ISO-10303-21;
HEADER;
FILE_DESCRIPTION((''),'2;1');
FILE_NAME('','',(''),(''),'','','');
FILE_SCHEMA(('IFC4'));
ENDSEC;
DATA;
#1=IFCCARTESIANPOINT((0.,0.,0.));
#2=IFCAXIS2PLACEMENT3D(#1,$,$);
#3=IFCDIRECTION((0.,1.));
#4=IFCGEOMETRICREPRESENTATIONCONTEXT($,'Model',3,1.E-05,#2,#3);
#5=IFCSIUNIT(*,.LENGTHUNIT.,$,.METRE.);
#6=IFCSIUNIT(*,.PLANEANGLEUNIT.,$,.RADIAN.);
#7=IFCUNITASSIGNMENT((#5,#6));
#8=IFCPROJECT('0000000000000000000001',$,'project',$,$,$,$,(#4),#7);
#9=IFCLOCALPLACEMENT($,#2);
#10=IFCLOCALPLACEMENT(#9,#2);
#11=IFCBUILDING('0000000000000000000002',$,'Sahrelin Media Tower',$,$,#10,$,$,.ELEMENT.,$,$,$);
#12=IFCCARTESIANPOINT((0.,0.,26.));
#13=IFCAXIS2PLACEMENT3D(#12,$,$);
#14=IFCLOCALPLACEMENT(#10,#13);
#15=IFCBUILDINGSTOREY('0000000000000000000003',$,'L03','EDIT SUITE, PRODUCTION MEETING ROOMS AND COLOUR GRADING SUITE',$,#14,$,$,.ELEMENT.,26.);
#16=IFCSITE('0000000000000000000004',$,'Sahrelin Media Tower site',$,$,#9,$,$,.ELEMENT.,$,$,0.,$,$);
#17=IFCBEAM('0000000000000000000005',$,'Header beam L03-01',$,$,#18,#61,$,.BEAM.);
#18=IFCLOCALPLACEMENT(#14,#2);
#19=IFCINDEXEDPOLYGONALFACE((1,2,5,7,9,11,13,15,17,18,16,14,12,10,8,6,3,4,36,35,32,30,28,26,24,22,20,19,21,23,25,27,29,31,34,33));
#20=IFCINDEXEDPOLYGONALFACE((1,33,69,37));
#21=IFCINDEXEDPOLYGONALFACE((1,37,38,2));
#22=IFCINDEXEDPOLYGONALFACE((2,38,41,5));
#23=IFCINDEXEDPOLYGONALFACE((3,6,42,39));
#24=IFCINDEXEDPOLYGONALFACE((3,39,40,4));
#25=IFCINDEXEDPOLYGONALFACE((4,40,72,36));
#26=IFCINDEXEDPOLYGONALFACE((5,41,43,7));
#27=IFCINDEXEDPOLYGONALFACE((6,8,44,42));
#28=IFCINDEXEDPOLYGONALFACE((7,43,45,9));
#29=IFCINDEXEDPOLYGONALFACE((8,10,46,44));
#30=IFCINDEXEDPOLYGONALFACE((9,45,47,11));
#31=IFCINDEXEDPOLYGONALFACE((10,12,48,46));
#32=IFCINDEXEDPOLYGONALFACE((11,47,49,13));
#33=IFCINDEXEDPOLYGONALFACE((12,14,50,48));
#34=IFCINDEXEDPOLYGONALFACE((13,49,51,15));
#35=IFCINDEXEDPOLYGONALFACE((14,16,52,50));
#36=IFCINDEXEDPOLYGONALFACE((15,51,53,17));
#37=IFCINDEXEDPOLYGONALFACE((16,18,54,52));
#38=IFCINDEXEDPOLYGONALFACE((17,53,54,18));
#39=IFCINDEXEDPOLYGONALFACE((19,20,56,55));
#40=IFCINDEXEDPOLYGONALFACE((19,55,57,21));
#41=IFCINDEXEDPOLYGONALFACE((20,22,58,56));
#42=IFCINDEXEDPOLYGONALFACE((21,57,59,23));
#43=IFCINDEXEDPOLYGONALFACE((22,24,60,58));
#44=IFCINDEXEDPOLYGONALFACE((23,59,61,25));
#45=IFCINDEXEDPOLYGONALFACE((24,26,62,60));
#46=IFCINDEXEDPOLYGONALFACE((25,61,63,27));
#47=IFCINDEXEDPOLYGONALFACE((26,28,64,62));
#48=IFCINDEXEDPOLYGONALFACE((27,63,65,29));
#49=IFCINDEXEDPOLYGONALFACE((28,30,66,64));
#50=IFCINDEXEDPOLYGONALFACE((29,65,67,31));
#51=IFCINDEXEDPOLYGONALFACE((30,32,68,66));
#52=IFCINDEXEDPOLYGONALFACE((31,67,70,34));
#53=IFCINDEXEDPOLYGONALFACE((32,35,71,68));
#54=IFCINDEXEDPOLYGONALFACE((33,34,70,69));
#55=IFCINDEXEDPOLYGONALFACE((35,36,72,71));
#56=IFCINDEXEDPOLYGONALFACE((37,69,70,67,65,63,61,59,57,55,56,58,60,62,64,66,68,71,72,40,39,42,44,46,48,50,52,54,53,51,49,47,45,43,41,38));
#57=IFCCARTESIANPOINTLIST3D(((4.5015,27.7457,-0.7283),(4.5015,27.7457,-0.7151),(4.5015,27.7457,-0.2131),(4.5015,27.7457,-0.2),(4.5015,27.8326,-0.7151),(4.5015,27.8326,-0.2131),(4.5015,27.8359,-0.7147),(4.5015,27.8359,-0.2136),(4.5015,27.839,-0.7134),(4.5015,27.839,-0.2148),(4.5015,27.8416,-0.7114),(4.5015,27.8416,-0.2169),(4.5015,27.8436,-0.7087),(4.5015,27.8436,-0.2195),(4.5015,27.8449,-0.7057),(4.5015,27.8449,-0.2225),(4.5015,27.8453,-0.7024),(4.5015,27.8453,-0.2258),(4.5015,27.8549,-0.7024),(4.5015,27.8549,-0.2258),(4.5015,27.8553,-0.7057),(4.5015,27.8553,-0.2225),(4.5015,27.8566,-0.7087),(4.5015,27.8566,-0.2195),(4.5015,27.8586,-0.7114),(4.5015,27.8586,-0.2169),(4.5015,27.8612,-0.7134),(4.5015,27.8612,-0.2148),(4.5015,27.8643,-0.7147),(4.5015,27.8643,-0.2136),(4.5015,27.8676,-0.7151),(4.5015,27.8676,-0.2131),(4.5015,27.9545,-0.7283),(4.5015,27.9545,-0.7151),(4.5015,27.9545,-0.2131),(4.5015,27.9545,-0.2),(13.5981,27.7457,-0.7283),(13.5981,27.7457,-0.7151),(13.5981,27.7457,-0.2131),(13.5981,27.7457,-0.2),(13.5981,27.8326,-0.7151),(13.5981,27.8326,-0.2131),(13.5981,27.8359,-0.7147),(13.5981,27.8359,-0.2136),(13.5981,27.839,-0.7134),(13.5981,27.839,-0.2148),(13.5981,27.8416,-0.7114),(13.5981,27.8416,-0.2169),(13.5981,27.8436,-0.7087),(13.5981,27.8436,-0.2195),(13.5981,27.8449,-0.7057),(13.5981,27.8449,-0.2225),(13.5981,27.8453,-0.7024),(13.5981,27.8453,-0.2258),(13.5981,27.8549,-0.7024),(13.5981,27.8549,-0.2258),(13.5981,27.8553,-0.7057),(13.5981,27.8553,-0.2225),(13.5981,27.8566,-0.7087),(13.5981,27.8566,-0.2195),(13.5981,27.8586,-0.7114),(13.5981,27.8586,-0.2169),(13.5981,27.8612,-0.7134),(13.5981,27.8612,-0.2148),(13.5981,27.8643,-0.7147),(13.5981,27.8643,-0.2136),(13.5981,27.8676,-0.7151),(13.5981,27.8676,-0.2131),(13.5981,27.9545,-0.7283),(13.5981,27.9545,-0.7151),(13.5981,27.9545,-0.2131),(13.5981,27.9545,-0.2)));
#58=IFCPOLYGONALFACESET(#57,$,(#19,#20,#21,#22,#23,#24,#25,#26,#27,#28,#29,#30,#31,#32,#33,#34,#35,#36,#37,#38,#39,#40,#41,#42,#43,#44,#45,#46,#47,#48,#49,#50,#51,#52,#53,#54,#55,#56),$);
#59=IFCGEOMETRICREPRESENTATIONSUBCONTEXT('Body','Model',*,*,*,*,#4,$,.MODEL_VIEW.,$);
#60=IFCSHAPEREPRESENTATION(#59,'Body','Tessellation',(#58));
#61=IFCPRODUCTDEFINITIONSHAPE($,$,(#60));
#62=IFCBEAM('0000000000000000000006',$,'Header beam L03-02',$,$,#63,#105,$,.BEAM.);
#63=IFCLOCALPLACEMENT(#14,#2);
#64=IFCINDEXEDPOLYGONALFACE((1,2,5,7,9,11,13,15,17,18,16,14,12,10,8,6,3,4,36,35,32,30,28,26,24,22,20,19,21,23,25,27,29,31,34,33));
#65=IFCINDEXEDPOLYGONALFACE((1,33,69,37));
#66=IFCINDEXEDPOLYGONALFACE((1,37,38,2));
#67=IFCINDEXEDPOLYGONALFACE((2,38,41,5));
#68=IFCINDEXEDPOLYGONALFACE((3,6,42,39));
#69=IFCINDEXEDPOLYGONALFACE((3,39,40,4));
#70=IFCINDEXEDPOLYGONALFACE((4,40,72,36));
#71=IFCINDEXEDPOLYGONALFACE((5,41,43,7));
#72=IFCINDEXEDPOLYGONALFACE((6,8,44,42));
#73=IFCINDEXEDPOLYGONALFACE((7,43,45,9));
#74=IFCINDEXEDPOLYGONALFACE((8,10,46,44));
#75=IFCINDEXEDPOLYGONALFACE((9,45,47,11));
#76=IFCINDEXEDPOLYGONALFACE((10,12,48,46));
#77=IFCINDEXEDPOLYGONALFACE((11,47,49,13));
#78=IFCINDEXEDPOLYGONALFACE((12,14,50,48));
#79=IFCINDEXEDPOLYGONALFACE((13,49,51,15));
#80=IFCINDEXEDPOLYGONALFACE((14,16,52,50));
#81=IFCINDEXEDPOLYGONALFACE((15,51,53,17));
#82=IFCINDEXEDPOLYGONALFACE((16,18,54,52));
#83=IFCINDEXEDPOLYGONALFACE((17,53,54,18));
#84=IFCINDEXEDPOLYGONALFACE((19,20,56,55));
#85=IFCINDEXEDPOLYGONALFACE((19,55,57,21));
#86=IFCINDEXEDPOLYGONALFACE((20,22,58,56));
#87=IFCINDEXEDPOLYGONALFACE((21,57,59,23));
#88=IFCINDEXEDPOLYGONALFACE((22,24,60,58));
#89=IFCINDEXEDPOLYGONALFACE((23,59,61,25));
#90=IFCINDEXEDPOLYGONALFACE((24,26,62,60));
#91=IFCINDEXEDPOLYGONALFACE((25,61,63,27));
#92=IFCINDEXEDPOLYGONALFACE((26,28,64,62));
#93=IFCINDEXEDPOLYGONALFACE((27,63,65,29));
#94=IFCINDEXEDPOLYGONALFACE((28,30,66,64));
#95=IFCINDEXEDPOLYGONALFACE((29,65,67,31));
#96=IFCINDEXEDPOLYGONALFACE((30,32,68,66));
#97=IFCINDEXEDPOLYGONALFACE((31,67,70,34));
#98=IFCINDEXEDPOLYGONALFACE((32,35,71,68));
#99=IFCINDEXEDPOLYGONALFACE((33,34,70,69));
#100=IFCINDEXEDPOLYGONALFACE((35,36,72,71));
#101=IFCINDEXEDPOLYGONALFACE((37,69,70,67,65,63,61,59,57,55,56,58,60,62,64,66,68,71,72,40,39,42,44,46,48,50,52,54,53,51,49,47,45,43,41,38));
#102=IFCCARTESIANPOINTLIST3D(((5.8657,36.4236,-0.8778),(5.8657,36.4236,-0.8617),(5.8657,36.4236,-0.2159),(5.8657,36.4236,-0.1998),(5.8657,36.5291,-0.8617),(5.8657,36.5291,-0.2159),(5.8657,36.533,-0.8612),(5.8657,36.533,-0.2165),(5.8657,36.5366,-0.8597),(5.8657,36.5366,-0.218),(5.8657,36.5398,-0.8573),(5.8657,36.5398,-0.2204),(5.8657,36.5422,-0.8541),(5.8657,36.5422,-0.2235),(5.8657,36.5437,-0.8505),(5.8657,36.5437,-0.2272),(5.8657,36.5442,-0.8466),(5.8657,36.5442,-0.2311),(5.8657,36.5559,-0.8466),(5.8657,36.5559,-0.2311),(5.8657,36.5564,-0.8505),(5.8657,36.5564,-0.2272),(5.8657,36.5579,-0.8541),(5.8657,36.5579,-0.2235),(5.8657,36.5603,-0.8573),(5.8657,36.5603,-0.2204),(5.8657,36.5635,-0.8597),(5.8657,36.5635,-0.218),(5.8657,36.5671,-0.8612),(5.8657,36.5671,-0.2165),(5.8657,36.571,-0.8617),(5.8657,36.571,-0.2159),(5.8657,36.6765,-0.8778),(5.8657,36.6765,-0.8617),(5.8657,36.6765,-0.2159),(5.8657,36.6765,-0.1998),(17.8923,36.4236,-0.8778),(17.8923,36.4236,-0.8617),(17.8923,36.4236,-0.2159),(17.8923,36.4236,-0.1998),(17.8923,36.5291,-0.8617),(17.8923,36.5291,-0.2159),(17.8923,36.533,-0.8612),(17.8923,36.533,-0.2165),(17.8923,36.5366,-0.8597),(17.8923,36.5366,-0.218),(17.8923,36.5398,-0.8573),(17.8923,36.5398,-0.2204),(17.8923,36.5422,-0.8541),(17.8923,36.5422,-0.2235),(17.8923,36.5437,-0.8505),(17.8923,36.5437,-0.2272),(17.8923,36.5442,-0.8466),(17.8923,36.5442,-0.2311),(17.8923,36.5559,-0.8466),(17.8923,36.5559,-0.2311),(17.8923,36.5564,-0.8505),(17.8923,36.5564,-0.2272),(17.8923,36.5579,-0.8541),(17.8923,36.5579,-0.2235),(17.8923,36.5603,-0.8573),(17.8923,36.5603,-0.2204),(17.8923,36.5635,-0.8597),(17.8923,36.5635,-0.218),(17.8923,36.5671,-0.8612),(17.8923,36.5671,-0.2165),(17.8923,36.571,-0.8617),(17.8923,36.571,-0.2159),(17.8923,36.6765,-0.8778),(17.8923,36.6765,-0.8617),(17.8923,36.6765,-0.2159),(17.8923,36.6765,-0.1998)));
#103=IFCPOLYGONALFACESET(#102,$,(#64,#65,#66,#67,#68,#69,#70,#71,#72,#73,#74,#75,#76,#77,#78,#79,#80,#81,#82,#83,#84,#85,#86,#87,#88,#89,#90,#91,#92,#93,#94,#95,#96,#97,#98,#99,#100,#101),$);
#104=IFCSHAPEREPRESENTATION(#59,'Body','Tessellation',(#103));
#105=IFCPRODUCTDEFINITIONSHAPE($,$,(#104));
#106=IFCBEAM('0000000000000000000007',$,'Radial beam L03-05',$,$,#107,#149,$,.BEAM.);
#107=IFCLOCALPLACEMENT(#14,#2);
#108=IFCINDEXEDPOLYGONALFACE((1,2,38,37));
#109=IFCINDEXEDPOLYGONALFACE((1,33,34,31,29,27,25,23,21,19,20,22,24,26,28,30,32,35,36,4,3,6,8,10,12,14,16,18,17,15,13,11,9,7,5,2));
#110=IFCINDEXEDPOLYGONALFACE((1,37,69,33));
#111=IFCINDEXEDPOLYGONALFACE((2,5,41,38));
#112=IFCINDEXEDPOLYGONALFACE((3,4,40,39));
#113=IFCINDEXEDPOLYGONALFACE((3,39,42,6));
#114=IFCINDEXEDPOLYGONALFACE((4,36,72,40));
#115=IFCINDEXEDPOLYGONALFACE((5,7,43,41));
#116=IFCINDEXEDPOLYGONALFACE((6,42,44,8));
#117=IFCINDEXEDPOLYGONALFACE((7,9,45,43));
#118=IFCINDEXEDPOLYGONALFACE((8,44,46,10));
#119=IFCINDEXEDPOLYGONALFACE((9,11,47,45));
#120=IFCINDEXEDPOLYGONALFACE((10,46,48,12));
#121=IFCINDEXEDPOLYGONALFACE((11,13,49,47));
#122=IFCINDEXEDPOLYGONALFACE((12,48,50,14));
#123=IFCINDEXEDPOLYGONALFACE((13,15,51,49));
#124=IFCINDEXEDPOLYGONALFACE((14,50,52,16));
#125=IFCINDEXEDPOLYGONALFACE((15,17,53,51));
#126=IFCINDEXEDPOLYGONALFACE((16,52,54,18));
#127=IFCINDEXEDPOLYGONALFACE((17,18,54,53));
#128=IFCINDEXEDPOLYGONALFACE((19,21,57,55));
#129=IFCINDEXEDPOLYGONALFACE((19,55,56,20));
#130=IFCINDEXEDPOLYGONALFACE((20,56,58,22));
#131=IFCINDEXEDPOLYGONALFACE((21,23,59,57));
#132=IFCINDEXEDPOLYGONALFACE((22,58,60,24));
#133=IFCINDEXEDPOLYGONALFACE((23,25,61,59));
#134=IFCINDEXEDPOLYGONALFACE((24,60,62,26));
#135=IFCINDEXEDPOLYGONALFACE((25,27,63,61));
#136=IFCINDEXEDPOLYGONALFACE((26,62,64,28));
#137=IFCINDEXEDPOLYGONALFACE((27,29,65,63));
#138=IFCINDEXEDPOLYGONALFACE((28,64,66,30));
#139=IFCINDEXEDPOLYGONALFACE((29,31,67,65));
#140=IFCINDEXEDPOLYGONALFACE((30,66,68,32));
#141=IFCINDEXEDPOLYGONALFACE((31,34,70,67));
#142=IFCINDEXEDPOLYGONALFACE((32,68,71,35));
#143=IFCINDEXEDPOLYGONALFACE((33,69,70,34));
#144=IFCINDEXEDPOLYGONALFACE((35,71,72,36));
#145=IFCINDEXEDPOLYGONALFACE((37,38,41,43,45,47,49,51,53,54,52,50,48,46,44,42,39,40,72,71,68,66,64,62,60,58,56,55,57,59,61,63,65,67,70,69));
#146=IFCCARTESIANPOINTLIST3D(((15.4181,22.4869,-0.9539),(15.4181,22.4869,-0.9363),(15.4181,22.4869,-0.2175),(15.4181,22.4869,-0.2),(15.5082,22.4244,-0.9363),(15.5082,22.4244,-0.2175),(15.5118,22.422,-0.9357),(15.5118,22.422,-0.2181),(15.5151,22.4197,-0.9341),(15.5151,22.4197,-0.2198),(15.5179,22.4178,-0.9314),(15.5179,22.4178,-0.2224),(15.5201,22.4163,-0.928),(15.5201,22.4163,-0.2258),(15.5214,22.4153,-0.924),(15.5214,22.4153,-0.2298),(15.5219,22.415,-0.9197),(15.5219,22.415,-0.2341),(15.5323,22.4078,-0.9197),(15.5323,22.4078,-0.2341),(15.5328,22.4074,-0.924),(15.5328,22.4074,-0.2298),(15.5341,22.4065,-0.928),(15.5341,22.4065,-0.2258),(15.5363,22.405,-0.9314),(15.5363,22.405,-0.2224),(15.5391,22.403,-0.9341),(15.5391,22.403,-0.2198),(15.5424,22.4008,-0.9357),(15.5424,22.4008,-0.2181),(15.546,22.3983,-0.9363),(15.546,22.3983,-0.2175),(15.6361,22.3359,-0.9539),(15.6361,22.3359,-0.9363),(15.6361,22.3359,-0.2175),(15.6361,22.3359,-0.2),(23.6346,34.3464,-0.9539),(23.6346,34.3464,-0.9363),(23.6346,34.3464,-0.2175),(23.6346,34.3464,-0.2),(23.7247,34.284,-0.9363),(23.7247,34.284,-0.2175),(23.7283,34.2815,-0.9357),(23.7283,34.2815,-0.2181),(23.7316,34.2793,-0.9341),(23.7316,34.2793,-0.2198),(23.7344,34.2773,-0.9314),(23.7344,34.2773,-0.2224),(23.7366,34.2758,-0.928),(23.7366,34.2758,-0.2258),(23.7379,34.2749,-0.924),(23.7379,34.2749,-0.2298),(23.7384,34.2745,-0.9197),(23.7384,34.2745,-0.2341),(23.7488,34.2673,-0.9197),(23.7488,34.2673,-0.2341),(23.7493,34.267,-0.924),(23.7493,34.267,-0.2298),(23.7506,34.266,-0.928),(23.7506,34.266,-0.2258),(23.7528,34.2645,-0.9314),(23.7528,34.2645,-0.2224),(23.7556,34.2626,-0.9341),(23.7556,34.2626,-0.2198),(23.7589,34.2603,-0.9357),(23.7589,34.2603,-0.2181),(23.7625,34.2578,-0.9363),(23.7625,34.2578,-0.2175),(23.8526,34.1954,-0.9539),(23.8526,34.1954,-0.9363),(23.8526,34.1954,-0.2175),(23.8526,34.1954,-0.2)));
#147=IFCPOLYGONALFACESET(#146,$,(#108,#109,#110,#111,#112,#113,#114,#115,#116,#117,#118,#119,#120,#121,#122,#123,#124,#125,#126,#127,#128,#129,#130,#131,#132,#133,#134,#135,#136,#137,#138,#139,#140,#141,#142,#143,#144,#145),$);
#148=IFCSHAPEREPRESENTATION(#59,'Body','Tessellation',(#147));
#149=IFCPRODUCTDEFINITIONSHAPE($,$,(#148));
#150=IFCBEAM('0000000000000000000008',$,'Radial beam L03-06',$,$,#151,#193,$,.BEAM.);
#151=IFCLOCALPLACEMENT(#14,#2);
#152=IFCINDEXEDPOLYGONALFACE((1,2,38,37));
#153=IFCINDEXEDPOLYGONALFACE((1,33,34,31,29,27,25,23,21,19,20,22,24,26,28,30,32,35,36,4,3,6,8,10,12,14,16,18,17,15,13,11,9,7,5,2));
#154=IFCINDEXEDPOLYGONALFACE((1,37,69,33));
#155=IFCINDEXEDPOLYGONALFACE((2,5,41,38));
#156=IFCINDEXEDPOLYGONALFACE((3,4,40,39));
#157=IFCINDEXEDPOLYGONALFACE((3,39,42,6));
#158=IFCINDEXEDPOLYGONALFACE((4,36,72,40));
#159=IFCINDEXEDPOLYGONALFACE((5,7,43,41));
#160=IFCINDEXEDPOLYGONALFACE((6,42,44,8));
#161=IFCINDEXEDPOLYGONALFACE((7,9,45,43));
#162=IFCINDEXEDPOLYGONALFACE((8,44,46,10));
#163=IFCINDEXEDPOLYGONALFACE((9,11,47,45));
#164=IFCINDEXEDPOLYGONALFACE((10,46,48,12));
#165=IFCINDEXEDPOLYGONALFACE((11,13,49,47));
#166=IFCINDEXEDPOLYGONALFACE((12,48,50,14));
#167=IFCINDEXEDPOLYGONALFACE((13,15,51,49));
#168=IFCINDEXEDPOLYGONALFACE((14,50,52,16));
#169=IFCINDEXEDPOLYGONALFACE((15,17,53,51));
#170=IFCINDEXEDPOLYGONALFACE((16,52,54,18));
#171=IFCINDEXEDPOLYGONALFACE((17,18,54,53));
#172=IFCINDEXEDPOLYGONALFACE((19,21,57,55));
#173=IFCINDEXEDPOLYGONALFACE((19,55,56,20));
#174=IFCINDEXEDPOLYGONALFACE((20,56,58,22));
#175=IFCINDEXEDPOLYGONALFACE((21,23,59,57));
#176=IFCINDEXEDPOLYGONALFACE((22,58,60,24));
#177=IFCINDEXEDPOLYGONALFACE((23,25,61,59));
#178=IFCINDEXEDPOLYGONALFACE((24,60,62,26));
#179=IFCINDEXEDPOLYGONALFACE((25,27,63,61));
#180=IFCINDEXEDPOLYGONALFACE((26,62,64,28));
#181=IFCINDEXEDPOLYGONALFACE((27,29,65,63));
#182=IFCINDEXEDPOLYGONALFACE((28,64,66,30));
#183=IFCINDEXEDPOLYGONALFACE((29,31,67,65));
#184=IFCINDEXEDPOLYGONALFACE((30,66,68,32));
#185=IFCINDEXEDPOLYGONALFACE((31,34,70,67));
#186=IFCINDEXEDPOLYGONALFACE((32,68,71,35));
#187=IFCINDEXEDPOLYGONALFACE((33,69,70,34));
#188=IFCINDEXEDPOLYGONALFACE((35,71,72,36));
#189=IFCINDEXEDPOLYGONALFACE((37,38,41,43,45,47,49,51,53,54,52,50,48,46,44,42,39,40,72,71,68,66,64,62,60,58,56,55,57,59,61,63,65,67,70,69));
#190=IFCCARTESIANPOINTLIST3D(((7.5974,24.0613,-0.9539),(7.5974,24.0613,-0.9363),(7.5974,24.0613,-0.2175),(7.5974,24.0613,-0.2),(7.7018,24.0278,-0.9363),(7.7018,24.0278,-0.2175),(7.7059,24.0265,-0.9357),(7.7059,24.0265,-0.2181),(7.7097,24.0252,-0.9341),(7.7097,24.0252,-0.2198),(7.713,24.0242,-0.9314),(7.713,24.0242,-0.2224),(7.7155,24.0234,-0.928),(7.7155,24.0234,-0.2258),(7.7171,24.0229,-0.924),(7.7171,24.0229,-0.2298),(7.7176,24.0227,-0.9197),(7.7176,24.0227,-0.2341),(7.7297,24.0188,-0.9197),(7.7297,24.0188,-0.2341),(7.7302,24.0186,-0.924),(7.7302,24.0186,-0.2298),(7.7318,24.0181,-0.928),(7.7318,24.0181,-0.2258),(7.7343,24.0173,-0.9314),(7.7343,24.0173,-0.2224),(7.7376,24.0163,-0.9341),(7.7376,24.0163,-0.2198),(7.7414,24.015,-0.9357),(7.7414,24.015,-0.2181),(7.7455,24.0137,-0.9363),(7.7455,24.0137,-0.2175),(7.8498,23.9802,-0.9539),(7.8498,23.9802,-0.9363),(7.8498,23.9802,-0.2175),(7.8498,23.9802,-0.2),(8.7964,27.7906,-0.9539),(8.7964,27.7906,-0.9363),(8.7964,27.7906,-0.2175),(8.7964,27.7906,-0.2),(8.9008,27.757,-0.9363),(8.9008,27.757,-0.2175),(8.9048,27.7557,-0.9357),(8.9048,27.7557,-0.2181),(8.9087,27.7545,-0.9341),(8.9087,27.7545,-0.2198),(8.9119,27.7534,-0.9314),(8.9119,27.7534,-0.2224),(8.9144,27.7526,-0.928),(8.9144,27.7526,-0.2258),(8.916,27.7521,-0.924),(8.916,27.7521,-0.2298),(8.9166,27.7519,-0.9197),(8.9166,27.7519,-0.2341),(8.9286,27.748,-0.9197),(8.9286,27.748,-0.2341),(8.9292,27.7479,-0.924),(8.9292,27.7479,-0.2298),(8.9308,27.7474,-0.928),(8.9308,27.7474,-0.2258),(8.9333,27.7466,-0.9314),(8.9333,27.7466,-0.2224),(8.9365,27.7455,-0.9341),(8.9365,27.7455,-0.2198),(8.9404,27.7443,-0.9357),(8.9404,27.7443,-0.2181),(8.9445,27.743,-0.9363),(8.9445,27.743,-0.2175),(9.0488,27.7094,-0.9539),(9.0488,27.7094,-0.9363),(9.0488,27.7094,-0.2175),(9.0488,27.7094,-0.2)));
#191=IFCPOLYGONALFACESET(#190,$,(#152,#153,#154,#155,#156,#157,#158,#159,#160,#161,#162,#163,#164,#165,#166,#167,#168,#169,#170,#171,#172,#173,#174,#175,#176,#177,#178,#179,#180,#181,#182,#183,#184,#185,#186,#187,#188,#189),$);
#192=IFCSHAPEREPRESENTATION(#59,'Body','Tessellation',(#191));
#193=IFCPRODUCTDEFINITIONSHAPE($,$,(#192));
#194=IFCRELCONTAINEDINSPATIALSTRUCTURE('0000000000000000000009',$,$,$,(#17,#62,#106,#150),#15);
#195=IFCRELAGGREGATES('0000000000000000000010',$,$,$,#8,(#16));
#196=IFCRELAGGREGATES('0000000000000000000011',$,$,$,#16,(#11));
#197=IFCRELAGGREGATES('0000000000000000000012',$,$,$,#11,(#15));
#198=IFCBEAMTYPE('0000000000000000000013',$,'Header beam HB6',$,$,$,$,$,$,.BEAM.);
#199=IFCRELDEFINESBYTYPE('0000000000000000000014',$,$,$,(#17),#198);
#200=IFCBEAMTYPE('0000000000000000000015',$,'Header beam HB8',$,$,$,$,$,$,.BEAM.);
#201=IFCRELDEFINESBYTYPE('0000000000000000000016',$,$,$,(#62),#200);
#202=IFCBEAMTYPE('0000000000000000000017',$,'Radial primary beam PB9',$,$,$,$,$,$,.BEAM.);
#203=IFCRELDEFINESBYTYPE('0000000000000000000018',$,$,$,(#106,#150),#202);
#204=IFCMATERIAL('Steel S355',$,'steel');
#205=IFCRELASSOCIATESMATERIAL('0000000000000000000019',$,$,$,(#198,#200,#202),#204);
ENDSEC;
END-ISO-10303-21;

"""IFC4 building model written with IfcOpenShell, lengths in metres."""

from ifc_helpers import new_model, si_unit, direction, frame, origin, origin_2d, place, context, subcontext, project, spatial, i_section, extrude, material, material_profile, profile_set, type_object, element, save


model = new_model("IFC4")

# Units and contexts
model_context = context("Model", 3, precision=1e-05, world=origin(), true_north=direction((0.0, 1.0)))
body_context = subcontext(model_context, "Body", "Model", "MODEL_VIEW")
ifc_project = project(units=[si_unit("LENGTHUNIT", "METRE"), si_unit("PLANEANGLEUNIT", "RADIAN")], contexts=[model_context])

# Site, building, storey
site_placement = place(None, origin())
site = spatial("IfcSite", under=ifc_project, at=site_placement, Name="Sahrelin Media Tower site", CompositionType="ELEMENT", RefElevation=0.0)
building_placement = place(site_placement, origin())
building = spatial("IfcBuilding", under=site, at=building_placement, Name="Sahrelin Media Tower", CompositionType="ELEMENT")
storey_placement = place(building_placement, frame((0.0, 0.0, 26.0)))
storey = spatial("IfcBuildingStorey", under=building, at=storey_placement, Name="L03", Description="EDIT SUITE, PRODUCTION MEETING ROOMS AND COLOUR GRADING SUITE", CompositionType="ELEMENT", Elevation=26.0)

# Beams
ifc_material_1 = material(Name="Steel S355", Category="steel")
ifc_material_profile_1 = material_profile(ifc_material_1, i_section(OverallWidth=0.2087, OverallDepth=0.5283, WebThickness=0.0095, FlangeThickness=0.0132, FilletRadius=0.0127, at=origin_2d()), Name="UB 533x210x82")
ifc_profile_set_1 = profile_set([ifc_material_profile_1], Name="Steel S355")
beam_type_1 = type_object("IfcBeamType", Name="Header beam HB6", PredefinedType="BEAM", material=ifc_profile_set_1)
beam_1_placement = place(storey_placement, frame((13.5981, 27.8501, -0.4641), z_axis=(-1.0, 0.0, 0.0), x_axis=(0.0, -1.0, 0.0)))
element("IfcBeam", 1, at=beam_1_placement, inside=storey, type_object=beam_type_1, Name="Header beam L03-01", PredefinedType="BEAM", context=body_context, shape_type="SweptSolid", body=[
    extrude(i_section(OverallWidth=0.2087, OverallDepth=0.5283, WebThickness=0.0095, FlangeThickness=0.0132, FilletRadius=0.0127, at=origin_2d()), origin(), (0.0, 0.0, 1.0), 9.0967),
])
ifc_material_profile_2 = material_profile(ifc_material_1, i_section(OverallWidth=0.2529, OverallDepth=0.678, WebThickness=0.0117, FlangeThickness=0.0161, FilletRadius=0.0151, at=origin_2d()), Name="UB 686x254x125")
ifc_profile_set_2 = profile_set([ifc_material_profile_2], Name="Steel S355")
beam_type_2 = type_object("IfcBeamType", Name="Header beam HB8", PredefinedType="BEAM", material=ifc_profile_set_2)
beam_2_placement = place(storey_placement, frame((5.8657, 36.55, -0.5388), z_axis=(1.0, 0.0, 0.0), x_axis=(0.0, 1.0, 0.0)))
element("IfcBeam", 2, at=beam_2_placement, inside=storey, type_object=beam_type_2, Name="Header beam L03-02", PredefinedType="BEAM", context=body_context, shape_type="SweptSolid", body=[
    extrude(i_section(OverallWidth=0.2529, OverallDepth=0.678, WebThickness=0.0117, FlangeThickness=0.0161, FilletRadius=0.0151, at=origin_2d()), origin(), (0.0, 0.0, 1.0), 12.0266),
])
ifc_material_profile_3 = material_profile(ifc_material_1, i_section(OverallWidth=0.2651, OverallDepth=0.7539, WebThickness=0.0127, FlangeThickness=0.0176, FilletRadius=0.0166, at=origin_2d()), Name="UB 762x267x147")
ifc_profile_set_3 = profile_set([ifc_material_profile_3], Name="Steel S355")
beam_type_3 = type_object("IfcBeamType", Name="Radial primary beam PB9", PredefinedType="BEAM", material=ifc_profile_set_3)
beam_3_placement = place(storey_placement, frame((15.5271, 22.4114, -0.5769), z_axis=(0.569493, 0.821996, 0.0), x_axis=(-0.821996, 0.569493, 0.0)))
element("IfcBeam", 3, at=beam_3_placement, inside=storey, type_object=beam_type_3, Name="Radial beam L03-05", PredefinedType="BEAM", context=body_context, shape_type="SweptSolid", body=[
    extrude(i_section(OverallWidth=0.2651, OverallDepth=0.7539, WebThickness=0.0127, FlangeThickness=0.0176, FilletRadius=0.0166, at=origin_2d()), origin(), (0.0, 0.0, 1.0), 14.4277),
])
beam_4_placement = place(storey_placement, frame((7.7236, 24.0208, -0.5769), z_axis=(0.306076, 0.952007, 0.0), x_axis=(-0.952007, 0.306076, 0.0)))
element("IfcBeam", 4, at=beam_4_placement, inside=storey, type_object=beam_type_3, Name="Radial beam L03-06", PredefinedType="BEAM", context=body_context, shape_type="SweptSolid", body=[
    extrude(i_section(OverallWidth=0.2651, OverallDepth=0.7539, WebThickness=0.0127, FlangeThickness=0.0176, FilletRadius=0.0166, at=origin_2d()), origin(), (0.0, 0.0, 1.0), 3.9172),
])

save(model, "model.ifc")
